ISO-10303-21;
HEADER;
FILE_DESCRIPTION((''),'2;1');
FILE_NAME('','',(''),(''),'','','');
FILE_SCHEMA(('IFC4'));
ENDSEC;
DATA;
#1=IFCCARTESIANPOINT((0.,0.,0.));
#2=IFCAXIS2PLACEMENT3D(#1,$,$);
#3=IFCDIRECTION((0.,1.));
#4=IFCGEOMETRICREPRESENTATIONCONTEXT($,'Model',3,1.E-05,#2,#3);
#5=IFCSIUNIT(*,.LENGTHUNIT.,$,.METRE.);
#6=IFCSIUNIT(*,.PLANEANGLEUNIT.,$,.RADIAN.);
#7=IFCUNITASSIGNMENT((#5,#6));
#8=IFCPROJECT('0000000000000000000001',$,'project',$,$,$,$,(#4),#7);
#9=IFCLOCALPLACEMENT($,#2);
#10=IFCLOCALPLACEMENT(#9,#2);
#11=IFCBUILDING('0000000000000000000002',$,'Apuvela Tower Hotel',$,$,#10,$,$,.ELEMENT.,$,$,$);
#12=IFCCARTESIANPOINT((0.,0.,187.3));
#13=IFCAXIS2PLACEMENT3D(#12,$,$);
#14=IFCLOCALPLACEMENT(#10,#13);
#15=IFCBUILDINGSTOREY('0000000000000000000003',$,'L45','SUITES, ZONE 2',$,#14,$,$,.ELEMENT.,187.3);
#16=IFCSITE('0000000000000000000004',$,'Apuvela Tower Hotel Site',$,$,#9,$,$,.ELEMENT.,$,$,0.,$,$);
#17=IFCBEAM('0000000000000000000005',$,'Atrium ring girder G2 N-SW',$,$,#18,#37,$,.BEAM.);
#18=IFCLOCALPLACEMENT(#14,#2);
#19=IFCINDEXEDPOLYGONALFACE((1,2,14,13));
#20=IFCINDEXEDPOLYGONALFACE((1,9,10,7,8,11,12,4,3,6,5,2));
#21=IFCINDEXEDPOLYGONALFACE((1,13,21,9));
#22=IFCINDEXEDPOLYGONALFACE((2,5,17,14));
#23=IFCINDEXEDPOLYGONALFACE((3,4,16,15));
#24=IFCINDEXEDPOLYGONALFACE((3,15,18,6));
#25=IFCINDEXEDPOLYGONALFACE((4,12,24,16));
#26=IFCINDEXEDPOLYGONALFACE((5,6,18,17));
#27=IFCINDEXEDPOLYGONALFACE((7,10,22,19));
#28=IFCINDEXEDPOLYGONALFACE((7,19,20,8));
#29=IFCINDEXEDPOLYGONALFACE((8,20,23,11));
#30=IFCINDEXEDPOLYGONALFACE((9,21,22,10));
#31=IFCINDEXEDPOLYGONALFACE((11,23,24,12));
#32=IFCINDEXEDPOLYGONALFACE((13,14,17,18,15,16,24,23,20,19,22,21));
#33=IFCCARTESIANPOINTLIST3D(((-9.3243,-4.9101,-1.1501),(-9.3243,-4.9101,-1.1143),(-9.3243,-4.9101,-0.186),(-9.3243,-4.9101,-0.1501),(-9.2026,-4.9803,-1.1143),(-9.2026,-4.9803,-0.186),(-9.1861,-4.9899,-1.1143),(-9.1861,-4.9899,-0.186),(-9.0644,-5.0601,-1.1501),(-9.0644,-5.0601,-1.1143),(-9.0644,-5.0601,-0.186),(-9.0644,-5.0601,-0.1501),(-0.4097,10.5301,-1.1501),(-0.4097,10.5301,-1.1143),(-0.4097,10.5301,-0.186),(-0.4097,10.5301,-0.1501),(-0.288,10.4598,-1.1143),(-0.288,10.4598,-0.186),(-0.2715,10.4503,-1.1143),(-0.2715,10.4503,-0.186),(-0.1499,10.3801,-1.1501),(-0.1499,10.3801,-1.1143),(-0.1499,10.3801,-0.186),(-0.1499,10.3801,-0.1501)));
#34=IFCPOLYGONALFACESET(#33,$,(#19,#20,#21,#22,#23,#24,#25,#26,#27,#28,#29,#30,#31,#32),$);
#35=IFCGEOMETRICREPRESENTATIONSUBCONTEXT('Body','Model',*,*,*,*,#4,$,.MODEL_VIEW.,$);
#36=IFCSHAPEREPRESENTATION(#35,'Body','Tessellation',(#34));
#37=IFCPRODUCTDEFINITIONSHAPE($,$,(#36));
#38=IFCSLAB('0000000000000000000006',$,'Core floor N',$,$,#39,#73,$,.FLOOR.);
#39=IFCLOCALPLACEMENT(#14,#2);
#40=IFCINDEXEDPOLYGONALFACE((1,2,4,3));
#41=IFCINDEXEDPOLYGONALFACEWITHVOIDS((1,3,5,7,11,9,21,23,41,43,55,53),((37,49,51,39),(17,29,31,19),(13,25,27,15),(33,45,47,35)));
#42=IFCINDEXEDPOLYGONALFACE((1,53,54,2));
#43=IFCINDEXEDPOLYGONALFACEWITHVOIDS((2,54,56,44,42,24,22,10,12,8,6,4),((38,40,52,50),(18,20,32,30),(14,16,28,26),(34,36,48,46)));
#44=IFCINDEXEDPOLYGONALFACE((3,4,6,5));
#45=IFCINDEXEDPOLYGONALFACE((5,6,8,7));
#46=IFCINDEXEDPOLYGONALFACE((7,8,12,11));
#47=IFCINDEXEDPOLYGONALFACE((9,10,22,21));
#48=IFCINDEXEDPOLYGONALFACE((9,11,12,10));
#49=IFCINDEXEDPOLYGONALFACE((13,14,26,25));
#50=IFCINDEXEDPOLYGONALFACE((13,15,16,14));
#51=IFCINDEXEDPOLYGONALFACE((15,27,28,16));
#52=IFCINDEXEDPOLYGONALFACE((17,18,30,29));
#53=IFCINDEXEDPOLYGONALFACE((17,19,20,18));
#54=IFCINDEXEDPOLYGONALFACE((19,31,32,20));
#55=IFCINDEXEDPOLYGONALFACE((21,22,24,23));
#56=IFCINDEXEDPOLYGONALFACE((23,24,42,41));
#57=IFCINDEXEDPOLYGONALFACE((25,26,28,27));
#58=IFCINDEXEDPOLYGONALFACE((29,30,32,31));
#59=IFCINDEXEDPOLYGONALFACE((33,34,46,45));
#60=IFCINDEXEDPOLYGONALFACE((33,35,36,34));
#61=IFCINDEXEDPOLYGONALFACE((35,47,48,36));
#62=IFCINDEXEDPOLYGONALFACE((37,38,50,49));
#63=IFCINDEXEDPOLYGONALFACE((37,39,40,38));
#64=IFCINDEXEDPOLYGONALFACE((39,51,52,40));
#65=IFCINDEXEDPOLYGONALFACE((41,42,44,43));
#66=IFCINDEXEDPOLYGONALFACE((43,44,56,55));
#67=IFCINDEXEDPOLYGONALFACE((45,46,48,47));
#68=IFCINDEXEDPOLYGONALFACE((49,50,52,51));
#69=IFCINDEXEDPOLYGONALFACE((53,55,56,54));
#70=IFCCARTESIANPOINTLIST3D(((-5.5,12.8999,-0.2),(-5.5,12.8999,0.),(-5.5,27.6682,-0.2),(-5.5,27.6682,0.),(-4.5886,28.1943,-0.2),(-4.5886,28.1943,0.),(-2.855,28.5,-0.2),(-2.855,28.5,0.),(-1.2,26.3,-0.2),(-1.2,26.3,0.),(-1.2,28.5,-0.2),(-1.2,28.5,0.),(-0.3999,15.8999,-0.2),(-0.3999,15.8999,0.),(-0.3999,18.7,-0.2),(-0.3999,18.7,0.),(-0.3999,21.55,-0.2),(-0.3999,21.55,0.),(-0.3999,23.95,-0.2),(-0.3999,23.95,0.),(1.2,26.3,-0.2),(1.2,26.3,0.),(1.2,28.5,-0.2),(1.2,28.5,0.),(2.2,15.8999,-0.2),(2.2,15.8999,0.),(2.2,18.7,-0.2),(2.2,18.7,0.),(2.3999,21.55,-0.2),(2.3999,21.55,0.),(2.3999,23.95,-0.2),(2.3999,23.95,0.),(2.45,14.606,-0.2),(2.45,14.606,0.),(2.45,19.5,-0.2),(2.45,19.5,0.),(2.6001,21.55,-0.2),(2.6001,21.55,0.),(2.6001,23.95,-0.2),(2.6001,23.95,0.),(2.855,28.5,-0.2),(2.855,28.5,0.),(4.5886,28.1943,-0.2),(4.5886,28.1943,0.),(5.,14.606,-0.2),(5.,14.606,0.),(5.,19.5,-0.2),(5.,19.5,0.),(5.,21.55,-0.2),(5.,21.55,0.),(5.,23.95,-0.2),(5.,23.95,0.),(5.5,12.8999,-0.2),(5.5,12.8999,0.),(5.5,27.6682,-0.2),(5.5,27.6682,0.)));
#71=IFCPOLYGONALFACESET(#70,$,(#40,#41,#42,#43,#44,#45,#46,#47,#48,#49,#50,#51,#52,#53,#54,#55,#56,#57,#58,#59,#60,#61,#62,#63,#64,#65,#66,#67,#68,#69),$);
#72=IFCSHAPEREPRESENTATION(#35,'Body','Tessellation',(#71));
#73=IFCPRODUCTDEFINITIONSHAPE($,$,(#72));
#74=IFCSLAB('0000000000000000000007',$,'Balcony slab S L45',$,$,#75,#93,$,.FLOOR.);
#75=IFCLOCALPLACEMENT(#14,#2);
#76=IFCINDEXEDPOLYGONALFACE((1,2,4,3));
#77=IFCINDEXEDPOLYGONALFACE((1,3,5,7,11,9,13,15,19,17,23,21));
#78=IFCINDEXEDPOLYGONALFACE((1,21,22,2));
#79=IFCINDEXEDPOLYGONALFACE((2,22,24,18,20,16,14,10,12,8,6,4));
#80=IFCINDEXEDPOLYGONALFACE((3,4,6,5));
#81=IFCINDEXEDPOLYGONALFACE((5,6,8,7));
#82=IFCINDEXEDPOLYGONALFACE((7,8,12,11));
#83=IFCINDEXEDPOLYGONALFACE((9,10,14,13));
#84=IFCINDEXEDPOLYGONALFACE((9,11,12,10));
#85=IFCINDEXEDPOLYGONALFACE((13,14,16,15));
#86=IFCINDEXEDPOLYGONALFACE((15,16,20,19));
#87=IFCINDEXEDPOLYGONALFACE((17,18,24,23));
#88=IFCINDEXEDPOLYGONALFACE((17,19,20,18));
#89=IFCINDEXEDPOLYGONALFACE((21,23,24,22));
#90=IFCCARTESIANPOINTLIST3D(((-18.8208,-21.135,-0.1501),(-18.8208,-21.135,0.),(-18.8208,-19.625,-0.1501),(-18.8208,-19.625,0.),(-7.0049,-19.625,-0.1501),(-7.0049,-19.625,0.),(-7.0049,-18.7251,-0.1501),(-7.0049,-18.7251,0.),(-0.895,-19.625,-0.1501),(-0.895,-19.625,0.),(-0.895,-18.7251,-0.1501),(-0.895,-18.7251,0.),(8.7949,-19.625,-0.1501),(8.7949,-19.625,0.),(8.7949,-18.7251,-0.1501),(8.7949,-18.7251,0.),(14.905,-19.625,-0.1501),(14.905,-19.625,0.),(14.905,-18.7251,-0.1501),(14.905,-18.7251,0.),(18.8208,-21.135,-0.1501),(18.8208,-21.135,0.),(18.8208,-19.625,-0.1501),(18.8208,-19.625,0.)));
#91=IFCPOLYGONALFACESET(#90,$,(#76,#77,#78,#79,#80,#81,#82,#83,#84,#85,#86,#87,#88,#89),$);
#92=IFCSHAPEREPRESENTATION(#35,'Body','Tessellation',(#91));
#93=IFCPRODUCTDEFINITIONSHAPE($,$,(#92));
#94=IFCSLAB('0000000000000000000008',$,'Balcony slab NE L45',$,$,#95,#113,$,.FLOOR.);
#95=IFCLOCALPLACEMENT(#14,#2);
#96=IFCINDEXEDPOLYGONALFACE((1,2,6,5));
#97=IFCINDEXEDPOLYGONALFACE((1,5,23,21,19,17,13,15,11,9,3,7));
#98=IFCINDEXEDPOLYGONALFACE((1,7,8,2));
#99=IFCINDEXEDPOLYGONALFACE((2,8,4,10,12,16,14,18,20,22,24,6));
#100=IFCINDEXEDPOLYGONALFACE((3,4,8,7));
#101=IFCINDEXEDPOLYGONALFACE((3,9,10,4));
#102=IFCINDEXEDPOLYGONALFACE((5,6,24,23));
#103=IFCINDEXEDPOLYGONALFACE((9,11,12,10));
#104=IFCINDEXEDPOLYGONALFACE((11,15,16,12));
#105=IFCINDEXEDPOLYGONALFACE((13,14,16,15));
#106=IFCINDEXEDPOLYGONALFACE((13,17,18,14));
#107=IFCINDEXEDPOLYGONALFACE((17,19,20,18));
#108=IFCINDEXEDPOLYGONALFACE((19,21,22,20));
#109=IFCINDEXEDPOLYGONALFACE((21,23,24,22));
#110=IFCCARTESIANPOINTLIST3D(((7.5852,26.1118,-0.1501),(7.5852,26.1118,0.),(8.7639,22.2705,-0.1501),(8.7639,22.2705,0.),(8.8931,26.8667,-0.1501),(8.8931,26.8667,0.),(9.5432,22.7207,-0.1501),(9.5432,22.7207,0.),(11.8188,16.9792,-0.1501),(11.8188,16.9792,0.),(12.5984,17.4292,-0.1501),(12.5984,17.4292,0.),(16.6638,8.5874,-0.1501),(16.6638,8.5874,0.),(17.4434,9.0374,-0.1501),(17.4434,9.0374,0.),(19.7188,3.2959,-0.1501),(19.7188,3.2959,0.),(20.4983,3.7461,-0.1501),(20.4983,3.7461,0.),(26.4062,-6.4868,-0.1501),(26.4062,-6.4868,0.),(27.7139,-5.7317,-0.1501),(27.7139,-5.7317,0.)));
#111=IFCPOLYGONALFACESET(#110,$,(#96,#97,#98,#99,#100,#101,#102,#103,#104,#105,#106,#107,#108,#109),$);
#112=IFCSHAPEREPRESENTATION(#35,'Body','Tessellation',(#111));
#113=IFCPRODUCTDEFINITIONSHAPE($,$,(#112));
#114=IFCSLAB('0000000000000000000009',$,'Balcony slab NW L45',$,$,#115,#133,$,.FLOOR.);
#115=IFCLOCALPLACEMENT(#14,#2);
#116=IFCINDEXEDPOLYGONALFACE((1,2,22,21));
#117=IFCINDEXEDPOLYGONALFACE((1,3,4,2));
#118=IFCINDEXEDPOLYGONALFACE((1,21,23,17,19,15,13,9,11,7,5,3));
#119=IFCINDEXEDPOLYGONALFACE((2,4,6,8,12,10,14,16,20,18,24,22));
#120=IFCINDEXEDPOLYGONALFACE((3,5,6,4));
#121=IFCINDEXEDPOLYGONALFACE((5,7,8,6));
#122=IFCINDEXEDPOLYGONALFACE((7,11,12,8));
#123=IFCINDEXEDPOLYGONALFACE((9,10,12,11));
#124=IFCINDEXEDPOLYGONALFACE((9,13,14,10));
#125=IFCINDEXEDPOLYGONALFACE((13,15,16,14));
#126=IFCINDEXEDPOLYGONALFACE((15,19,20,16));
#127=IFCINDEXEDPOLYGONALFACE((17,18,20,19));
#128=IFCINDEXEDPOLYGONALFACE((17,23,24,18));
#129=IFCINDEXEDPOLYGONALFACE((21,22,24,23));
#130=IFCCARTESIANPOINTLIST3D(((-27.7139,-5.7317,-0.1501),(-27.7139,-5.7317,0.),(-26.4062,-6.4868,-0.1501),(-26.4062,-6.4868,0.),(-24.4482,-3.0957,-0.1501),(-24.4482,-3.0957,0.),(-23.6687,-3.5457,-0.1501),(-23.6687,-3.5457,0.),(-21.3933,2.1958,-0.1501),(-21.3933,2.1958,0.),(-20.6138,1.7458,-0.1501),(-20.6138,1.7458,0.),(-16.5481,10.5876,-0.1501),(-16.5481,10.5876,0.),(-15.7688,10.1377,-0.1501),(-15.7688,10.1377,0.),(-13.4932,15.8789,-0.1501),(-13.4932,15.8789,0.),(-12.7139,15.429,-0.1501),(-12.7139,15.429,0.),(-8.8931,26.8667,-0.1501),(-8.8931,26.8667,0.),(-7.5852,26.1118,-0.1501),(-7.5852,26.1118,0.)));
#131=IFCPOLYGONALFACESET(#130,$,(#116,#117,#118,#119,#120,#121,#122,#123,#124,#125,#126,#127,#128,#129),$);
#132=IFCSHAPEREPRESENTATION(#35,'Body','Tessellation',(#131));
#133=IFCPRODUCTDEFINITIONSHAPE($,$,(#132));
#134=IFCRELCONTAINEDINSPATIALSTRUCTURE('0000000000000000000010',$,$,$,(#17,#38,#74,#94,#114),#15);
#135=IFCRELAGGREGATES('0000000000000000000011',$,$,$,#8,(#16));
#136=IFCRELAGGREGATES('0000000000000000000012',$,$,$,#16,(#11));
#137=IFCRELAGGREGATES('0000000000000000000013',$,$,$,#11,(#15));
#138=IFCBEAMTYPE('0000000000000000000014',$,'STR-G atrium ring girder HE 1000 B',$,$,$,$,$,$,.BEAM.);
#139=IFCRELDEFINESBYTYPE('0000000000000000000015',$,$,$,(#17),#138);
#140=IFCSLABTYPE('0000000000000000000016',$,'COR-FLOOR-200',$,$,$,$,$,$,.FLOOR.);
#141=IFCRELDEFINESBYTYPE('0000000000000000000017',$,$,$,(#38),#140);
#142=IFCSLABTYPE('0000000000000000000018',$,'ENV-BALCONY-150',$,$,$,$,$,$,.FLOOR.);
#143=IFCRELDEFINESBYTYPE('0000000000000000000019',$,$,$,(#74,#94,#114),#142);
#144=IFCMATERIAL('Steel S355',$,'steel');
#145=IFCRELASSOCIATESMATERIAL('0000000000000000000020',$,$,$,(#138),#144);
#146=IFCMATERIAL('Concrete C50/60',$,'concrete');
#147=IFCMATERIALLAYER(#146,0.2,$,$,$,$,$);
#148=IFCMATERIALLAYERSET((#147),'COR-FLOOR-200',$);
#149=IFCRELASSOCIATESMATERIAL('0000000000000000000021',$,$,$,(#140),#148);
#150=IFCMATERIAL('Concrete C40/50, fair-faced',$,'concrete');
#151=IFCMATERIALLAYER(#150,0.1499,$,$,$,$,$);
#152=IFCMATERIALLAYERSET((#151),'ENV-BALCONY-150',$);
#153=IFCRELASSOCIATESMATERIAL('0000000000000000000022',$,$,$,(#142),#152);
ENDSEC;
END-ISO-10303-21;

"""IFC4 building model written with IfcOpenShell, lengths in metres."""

from ifc_helpers import new_model, si_unit, direction, frame, origin, origin_2d, place, context, subcontext, project, spatial, polyline, i_section, outline, extrude, material, layer, layer_set, material_profile, profile_set, type_object, element, save


model = new_model("IFC4")

# Units and contexts
model_context = context("Model", 3, precision=1e-05, world=origin(), true_north=direction((0.0, 1.0)))
body_context = subcontext(model_context, "Body", "Model", "MODEL_VIEW")
ifc_project = project(units=[si_unit("LENGTHUNIT", "METRE"), si_unit("PLANEANGLEUNIT", "RADIAN")], contexts=[model_context])

# Site, building, storey
site_placement = place(None, origin())
site = spatial("IfcSite", under=ifc_project, at=site_placement, Name="Apuvela Tower Hotel Site", CompositionType="ELEMENT", RefElevation=0.0)
building_placement = place(site_placement, origin())
building = spatial("IfcBuilding", under=site, at=building_placement, Name="Apuvela Tower Hotel", CompositionType="ELEMENT")
storey_placement = place(building_placement, frame((0.0, 0.0, 187.3)))
storey = spatial("IfcBuildingStorey", under=building, at=storey_placement, Name="L45", Description="SUITES, ZONE 2", CompositionType="ELEMENT", Elevation=187.3)

# Beam
ifc_material_1 = material(Name="Steel S355", Category="steel")
ifc_material_profile = material_profile(ifc_material_1, i_section(OverallWidth=0.3, OverallDepth=1.0, WebThickness=0.019, FlangeThickness=0.0359, at=origin_2d()), Name="HE 1000 B")
ifc_profile_set = profile_set([ifc_material_profile], Name="Steel S355")
beam_type = type_object("IfcBeamType", Name="STR-G atrium ring girder HE 1000 B", PredefinedType="BEAM", material=ifc_profile_set)
beam_placement = place(storey_placement, frame((-0.2798, 10.4551, -0.6501), z_axis=(-0.500007, -0.866022, 0.0), x_axis=(0.866022, -0.500007, 0.0)))
element("IfcBeam", 1, at=beam_placement, inside=storey, type_object=beam_type, Name="Atrium ring girder G2 N-SW", PredefinedType="BEAM", context=body_context, shape_type="SweptSolid", body=[
    extrude(i_section(OverallWidth=0.3, OverallDepth=1.0, WebThickness=0.019, FlangeThickness=0.0359, at=origin_2d()), origin(), (0.0, 0.0, 1.0), 17.8289),
])

# Slabs
ifc_material_2 = material(Name="Concrete C50/60", Category="concrete")
ifc_layer_1 = layer(ifc_material_2, 0.2)
ifc_layer_set_1 = layer_set([ifc_layer_1], Name="COR-FLOOR-200")
slab_type_1 = type_object("IfcSlabType", Name="COR-FLOOR-200", PredefinedType="FLOOR", material=ifc_layer_set_1)
slab_1_placement = place(storey_placement, frame((0.0, 0.0, -0.2)))
element("IfcSlab", 2, at=slab_1_placement, inside=storey, type_object=slab_type_1, Name="Core floor N", PredefinedType="FLOOR", context=body_context, shape_type="SweptSolid", body=[
    extrude(outline(polyline([(5.5, 27.6682), (4.5886, 28.1943), (2.855, 28.5), (1.2, 28.5), (1.2, 26.3), (-1.2, 26.3), (-1.2, 28.5), (-2.855, 28.5), (-4.5886, 28.1943), (-5.5, 27.6682), (-5.5, 12.8999), (5.5, 12.8999), (5.5, 27.6682)]), holes=[polyline([(5.0, 14.606), (2.45, 14.606), (2.45, 19.5), (5.0, 19.5), (5.0, 14.606)]), polyline([(2.2, 15.8999), (-0.3999, 15.8999), (-0.3999, 18.7), (2.2, 18.7), (2.2, 15.8999)]), polyline([(5.0, 21.55), (2.6001, 21.55), (2.6001, 23.95), (5.0, 23.95), (5.0, 21.55)]), polyline([(2.3999, 21.55), (-0.3999, 21.55), (-0.3999, 23.95), (2.3999, 23.95), (2.3999, 21.55)])]), origin(), (0.0, 0.0, 1.0), 0.2),
])
ifc_material_3 = material(Name="Concrete C40/50, fair-faced", Category="concrete")
ifc_layer_2 = layer(ifc_material_3, 0.1499)
ifc_layer_set_2 = layer_set([ifc_layer_2], Name="ENV-BALCONY-150")
slab_type_2 = type_object("IfcSlabType", Name="ENV-BALCONY-150", PredefinedType="FLOOR", material=ifc_layer_set_2)
slab_2_placement = place(storey_placement, frame((0.0, 0.0, -0.1501)))
element("IfcSlab", 3, at=slab_2_placement, inside=storey, type_object=slab_type_2, Name="Balcony slab S L45", PredefinedType="FLOOR", context=body_context, shape_type="SweptSolid", body=[
    extrude(outline(polyline([(18.8208, -21.135), (-18.8208, -21.135), (-18.8208, -19.625), (-7.0049, -19.625), (-7.0049, -18.7251), (-0.895, -18.7251), (-0.895, -19.625), (8.7949, -19.625), (8.7949, -18.7251), (14.905, -18.7251), (14.905, -19.625), (18.8208, -19.625), (18.8208, -21.135)])), origin(), (0.0, 0.0, 1.0), 0.1501),
])
slab_3_placement = place(storey_placement, frame((0.0, 0.0, -0.1501)))
element("IfcSlab", 4, at=slab_3_placement, inside=storey, type_object=slab_type_2, Name="Balcony slab NE L45", PredefinedType="FLOOR", context=body_context, shape_type="SweptSolid", body=[
    extrude(outline(polyline([(17.4434, 9.0374), (12.5984, 17.4292), (11.8188, 16.9792), (8.7639, 22.2705), (9.5432, 22.7207), (7.5852, 26.1118), (8.8931, 26.8667), (27.7139, -5.7317), (26.4062, -6.4868), (20.4983, 3.7461), (19.7188, 3.2959), (16.6638, 8.5874), (17.4434, 9.0374)])), origin(), (0.0, 0.0, 1.0), 0.1501),
])
slab_4_placement = place(storey_placement, frame((0.0, 0.0, -0.1501)))
element("IfcSlab", 5, at=slab_4_placement, inside=storey, type_object=slab_type_2, Name="Balcony slab NW L45", PredefinedType="FLOOR", context=body_context, shape_type="SweptSolid", body=[
    extrude(outline(polyline([(-27.7139, -5.7317), (-8.8931, 26.8667), (-7.5852, 26.1118), (-13.4932, 15.8789), (-12.7139, 15.429), (-15.7688, 10.1377), (-16.5481, 10.5876), (-21.3933, 2.1958), (-20.6138, 1.7458), (-23.6687, -3.5457), (-24.4482, -3.0957), (-26.4062, -6.4868), (-27.7139, -5.7317)])), origin(), (0.0, 0.0, 1.0), 0.1501),
])

save(model, "model.ifc")
